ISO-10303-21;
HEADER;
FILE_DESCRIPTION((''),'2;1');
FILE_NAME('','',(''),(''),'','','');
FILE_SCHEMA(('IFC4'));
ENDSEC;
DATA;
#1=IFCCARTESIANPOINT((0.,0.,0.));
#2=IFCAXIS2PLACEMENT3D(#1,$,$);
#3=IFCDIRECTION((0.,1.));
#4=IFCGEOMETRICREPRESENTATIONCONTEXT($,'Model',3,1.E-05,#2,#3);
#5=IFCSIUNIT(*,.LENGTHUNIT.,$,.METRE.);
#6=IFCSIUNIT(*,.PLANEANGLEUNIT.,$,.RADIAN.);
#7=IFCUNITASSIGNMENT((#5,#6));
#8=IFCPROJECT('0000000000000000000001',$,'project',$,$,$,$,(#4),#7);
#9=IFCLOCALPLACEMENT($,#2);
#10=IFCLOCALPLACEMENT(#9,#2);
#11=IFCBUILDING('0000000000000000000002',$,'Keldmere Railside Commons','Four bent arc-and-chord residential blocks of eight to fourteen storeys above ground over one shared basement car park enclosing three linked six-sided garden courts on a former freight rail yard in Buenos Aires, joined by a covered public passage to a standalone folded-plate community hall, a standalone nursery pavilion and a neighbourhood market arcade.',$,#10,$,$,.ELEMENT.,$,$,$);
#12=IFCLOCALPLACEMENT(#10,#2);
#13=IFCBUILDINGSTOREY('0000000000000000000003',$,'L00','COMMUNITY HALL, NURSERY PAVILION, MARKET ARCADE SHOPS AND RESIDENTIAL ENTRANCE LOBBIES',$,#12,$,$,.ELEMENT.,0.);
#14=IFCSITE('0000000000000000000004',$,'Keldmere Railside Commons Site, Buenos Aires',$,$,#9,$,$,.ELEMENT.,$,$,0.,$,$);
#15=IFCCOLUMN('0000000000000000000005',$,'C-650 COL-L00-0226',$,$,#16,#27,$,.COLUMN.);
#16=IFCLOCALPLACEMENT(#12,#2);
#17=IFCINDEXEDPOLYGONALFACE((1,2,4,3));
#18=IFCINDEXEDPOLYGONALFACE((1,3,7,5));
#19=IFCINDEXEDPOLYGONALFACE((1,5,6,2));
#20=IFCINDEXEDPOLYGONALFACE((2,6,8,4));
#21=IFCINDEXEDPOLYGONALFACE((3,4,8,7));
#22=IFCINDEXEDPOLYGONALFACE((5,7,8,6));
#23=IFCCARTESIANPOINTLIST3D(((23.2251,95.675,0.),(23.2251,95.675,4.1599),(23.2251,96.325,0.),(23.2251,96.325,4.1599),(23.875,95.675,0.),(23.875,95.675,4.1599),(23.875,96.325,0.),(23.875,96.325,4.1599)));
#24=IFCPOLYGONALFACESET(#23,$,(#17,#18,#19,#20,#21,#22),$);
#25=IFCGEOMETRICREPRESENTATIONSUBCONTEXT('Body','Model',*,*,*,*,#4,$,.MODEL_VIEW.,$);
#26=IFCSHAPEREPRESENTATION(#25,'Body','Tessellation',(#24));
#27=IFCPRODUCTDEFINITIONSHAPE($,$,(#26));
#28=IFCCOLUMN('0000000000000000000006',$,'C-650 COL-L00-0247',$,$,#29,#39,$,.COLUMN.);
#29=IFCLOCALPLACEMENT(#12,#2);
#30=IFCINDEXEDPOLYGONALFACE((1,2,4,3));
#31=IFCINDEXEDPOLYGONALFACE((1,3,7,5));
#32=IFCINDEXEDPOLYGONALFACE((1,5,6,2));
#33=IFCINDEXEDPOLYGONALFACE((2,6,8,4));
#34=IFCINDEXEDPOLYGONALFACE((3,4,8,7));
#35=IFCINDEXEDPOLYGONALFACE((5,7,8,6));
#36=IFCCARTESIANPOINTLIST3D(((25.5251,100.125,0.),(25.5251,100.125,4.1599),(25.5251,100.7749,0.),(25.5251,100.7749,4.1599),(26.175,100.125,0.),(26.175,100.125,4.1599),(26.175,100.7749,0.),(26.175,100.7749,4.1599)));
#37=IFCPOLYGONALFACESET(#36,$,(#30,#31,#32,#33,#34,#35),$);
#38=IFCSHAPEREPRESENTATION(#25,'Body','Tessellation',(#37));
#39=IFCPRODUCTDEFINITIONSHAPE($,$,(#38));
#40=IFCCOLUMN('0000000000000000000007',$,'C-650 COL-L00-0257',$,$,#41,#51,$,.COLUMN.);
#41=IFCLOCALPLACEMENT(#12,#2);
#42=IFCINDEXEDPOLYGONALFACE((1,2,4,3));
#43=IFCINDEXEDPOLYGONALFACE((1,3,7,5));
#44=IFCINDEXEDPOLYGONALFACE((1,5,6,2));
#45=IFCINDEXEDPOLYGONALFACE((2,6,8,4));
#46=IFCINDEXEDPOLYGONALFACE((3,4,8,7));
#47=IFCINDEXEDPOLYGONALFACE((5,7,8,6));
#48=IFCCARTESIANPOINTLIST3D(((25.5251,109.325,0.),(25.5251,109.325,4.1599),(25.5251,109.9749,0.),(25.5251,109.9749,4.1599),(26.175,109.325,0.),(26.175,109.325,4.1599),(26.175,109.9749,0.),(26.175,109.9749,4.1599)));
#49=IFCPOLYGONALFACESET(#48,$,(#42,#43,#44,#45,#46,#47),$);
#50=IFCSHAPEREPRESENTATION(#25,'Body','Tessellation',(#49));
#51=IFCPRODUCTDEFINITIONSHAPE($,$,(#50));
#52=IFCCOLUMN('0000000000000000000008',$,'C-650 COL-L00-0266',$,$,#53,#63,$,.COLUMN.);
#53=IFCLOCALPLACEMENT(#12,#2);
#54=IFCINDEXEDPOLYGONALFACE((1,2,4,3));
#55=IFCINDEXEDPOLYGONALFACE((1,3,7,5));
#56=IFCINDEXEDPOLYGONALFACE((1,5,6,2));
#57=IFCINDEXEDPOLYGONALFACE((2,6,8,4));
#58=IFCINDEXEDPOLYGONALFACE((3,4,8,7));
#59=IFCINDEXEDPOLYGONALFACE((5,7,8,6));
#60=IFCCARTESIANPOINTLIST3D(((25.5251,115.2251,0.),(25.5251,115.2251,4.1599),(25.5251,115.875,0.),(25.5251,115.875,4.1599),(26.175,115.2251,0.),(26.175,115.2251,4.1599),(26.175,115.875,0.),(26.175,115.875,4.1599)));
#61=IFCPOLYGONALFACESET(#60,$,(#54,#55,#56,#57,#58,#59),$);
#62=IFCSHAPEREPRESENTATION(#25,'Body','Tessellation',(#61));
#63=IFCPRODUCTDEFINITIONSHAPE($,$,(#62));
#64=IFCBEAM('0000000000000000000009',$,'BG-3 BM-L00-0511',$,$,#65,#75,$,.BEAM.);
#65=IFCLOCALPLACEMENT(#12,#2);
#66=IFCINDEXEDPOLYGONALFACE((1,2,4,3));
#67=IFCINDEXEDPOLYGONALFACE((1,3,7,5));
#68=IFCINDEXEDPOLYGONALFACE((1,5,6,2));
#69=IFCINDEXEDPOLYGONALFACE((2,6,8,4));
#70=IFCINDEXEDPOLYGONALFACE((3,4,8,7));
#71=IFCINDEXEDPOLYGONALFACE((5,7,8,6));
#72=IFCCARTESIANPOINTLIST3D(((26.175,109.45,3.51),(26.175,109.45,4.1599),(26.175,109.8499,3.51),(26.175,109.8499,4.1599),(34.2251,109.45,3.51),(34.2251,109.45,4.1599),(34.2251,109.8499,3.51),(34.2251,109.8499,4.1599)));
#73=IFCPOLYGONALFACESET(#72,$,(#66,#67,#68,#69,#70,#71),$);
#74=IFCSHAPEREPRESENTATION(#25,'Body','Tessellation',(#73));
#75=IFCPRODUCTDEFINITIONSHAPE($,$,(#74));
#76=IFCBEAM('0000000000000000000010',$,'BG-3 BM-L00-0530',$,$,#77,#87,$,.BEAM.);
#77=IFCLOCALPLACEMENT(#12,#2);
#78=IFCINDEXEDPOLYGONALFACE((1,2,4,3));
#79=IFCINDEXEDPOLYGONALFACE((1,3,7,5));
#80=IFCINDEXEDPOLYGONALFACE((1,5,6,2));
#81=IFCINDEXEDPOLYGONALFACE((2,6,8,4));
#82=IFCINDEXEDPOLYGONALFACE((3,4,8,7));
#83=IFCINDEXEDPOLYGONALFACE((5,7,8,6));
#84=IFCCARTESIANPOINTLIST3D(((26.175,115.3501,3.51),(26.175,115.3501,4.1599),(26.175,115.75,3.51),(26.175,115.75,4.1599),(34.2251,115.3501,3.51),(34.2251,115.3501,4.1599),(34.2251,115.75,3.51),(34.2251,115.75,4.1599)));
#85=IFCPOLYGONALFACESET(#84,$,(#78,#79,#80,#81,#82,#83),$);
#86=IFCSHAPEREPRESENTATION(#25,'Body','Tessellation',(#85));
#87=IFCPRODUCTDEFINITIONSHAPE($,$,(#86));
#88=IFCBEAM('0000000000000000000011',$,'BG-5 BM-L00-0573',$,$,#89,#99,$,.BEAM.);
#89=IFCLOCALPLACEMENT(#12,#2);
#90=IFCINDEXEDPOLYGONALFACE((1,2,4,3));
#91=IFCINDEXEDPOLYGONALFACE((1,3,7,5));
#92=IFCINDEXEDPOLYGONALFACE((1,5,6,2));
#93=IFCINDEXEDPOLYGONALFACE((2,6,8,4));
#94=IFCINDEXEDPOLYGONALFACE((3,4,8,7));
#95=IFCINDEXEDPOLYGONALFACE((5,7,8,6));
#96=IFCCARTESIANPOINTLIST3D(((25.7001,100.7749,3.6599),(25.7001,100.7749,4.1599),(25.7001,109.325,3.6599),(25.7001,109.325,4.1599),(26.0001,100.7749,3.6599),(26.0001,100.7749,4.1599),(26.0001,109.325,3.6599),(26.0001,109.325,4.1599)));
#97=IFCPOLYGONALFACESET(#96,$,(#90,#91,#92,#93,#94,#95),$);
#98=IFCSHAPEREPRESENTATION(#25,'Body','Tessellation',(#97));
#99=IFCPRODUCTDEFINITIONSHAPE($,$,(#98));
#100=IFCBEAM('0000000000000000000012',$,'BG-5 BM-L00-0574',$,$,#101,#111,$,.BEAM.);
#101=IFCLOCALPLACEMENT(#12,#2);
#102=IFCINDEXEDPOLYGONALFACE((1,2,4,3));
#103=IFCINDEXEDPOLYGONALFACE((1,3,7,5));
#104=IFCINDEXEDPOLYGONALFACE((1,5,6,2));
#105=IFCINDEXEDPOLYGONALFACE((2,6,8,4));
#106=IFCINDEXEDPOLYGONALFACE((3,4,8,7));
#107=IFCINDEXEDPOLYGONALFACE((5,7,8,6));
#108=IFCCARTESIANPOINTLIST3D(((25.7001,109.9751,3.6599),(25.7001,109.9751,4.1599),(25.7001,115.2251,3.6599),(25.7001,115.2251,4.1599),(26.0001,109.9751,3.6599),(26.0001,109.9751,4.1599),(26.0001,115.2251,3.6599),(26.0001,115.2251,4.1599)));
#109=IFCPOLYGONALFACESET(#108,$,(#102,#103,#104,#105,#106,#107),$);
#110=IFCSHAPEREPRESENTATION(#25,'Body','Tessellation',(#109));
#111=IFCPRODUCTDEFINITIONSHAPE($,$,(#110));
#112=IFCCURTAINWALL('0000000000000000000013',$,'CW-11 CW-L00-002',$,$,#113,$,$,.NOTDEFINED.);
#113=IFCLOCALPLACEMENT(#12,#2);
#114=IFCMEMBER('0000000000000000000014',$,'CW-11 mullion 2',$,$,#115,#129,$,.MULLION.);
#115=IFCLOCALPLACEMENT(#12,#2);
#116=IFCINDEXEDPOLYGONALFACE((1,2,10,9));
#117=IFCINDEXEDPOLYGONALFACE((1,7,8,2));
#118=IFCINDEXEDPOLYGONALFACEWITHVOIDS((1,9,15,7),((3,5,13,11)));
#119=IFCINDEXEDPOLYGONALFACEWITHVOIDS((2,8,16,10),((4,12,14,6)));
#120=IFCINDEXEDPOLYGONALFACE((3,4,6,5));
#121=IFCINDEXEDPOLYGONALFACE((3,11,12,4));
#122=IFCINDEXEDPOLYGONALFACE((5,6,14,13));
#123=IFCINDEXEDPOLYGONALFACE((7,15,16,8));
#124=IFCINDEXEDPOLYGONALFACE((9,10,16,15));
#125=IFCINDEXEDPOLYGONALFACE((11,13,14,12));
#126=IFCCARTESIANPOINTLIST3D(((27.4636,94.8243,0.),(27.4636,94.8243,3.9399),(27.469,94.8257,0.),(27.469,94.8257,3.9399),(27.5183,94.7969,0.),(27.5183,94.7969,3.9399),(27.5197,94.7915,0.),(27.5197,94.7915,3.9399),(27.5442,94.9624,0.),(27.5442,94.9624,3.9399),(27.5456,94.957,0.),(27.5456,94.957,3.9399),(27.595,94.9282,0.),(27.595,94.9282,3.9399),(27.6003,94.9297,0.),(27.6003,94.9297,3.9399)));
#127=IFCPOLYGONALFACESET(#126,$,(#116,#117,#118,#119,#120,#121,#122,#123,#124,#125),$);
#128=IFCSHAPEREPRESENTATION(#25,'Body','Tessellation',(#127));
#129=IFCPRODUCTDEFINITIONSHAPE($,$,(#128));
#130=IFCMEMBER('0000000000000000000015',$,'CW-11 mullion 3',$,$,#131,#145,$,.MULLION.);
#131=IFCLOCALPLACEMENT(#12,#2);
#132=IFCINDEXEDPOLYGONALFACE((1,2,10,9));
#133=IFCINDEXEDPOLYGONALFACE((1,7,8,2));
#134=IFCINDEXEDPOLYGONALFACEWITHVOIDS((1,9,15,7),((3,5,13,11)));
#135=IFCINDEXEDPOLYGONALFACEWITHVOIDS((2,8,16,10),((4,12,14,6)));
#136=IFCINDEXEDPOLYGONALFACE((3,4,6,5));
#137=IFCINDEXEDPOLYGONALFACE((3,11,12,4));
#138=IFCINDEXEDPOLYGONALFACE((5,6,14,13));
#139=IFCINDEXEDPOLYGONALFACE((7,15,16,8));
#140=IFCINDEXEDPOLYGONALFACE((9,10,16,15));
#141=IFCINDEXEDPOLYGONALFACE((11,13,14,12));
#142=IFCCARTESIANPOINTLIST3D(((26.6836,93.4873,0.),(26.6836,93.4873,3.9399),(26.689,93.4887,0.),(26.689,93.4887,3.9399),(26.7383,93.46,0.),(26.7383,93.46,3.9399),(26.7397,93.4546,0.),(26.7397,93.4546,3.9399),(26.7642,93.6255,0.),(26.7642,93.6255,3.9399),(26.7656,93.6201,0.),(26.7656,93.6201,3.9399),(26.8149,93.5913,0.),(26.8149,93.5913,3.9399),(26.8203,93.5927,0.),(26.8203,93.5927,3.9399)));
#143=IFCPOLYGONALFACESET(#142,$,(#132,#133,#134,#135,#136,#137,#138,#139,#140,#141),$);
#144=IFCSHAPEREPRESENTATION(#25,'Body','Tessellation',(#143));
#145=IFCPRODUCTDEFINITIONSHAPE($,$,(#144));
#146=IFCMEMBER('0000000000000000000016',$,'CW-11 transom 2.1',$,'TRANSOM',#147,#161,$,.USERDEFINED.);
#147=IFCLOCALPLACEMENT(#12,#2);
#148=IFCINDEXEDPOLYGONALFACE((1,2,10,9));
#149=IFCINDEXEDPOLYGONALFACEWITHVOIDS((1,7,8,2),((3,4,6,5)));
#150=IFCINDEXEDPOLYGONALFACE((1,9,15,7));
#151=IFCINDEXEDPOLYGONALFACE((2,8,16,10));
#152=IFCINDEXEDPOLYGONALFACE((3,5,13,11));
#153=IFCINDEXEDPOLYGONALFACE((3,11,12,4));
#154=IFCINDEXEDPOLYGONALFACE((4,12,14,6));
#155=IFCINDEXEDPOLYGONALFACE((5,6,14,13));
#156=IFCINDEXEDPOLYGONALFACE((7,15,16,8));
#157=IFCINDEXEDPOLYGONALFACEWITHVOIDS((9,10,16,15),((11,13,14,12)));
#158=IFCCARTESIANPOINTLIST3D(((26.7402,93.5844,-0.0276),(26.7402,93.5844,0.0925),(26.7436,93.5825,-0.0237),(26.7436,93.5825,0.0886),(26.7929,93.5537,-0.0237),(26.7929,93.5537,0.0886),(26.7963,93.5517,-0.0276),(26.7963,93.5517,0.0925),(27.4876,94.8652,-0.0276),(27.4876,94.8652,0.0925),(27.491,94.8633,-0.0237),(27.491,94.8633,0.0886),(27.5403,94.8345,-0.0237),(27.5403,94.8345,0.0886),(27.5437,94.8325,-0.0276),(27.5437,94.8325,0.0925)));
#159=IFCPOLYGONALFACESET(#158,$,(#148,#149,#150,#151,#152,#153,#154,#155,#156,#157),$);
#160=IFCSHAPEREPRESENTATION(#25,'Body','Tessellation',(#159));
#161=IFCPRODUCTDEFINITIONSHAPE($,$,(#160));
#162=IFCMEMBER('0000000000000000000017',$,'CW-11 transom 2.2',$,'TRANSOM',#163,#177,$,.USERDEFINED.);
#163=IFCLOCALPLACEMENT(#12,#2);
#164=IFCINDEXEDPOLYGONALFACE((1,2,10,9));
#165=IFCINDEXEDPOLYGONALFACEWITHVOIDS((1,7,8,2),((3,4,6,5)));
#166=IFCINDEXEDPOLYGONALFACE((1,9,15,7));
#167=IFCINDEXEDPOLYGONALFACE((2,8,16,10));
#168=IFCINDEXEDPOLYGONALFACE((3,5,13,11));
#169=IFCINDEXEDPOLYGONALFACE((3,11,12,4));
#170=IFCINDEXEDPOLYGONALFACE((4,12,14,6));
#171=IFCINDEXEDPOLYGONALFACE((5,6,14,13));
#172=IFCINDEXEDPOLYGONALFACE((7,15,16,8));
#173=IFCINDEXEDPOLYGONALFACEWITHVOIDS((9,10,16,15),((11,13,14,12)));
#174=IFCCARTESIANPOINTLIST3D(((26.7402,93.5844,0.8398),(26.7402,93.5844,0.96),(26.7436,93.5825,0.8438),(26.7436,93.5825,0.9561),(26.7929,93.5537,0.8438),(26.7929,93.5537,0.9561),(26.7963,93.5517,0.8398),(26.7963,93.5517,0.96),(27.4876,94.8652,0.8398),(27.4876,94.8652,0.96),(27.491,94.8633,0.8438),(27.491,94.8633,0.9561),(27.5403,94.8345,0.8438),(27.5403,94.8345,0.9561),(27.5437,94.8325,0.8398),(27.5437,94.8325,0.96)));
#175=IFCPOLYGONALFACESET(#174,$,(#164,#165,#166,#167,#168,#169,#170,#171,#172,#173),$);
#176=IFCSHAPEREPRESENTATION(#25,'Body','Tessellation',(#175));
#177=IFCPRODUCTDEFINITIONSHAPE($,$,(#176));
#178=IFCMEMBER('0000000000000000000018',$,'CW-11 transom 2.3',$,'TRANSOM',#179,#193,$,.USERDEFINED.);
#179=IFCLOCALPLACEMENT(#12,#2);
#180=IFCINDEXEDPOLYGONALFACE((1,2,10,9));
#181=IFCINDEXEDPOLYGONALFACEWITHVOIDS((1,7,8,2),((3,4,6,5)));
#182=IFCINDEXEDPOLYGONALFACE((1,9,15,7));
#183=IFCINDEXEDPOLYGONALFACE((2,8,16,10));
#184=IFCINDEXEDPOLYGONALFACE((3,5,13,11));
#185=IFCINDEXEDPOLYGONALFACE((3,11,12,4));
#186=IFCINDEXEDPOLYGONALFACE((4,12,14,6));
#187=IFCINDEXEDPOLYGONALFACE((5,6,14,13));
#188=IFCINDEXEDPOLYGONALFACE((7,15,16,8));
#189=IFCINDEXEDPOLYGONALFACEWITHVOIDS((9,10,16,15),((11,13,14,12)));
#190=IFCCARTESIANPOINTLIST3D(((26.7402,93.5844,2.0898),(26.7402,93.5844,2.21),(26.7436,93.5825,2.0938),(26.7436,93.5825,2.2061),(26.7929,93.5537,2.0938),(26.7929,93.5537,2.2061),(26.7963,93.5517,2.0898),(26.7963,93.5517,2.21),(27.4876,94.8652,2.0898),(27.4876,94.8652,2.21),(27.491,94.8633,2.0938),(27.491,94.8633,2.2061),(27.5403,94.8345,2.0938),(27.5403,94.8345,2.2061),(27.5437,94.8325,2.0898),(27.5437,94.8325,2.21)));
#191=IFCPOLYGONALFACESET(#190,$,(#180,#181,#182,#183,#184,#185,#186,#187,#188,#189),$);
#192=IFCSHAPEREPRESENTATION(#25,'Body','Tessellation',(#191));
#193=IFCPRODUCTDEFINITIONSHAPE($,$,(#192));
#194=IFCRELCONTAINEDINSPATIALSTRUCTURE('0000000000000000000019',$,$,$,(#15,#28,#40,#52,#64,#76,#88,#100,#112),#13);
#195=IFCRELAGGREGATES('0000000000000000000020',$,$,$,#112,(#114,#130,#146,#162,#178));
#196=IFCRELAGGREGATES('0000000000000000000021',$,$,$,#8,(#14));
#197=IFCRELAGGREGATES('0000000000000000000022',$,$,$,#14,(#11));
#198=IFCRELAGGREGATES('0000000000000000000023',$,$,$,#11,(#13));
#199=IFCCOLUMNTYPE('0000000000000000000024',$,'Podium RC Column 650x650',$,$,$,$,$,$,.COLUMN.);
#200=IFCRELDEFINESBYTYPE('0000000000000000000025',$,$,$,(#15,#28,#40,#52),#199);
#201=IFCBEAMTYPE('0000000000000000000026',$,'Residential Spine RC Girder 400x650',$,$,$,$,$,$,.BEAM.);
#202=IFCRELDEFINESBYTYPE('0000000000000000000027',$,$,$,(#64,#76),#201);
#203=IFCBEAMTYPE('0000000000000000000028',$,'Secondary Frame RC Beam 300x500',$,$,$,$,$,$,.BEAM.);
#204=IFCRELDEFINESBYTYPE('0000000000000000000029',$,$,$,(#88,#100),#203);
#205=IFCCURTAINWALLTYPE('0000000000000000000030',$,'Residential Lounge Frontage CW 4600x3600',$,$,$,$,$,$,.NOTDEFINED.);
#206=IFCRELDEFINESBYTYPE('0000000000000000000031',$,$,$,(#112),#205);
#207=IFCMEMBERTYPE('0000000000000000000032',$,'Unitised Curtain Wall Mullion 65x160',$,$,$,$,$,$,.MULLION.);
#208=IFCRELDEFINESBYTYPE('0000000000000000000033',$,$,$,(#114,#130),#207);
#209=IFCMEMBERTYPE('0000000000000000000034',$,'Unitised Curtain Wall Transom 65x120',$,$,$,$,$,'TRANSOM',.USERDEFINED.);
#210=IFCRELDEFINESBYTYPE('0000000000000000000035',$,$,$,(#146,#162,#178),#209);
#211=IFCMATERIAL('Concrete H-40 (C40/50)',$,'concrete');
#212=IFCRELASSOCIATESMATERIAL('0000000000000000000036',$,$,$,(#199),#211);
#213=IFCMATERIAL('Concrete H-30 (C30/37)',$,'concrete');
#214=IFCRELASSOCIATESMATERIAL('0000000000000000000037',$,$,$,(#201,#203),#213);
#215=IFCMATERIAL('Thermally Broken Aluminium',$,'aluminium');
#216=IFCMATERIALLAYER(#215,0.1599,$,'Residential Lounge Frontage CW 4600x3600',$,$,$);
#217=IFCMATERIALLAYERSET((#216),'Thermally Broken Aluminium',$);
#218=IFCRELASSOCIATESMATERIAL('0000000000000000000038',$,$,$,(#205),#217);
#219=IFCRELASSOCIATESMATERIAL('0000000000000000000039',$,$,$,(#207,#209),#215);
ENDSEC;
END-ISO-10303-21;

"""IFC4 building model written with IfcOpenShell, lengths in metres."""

from ifc_helpers import new_model, si_unit, direction, frame, origin, origin_2d, place, context, subcontext, project, spatial, rectangle, hollow_rectangle, extrude, material, layer, layer_set, material_profile, profile_set, type_object, element, aggregate, save


model = new_model("IFC4")

# Units and contexts
model_context = context("Model", 3, precision=1e-05, world=origin(), true_north=direction((0.0, 1.0)))
body_context = subcontext(model_context, "Body", "Model", "MODEL_VIEW")
ifc_project = project(units=[si_unit("LENGTHUNIT", "METRE"), si_unit("PLANEANGLEUNIT", "RADIAN")], contexts=[model_context])

# Site, building, storey
site_placement = place(None, origin())
site = spatial("IfcSite", under=ifc_project, at=site_placement, Name="Keldmere Railside Commons Site, Buenos Aires", CompositionType="ELEMENT", RefElevation=0.0)
building_placement = place(site_placement, origin())
building = spatial("IfcBuilding", under=site, at=building_placement, Name="Keldmere Railside Commons", Description="Four bent arc-and-chord residential blocks of eight to fourteen storeys above ground over one shared basement car park enclosing three linked six-sided garden courts on a former freight rail yard in Buenos Aires, joined by a covered public passage to a standalone folded-plate community hall, a standalone nursery pavilion and a neighbourhood market arcade.", CompositionType="ELEMENT")
storey_placement = place(building_placement, origin())
storey = spatial("IfcBuildingStorey", under=building, at=storey_placement, Name="L00", Description="COMMUNITY HALL, NURSERY PAVILION, MARKET ARCADE SHOPS AND RESIDENTIAL ENTRANCE LOBBIES", CompositionType="ELEMENT", Elevation=0.0)

# Columns
ifc_material_1 = material(Name="Concrete H-40 (C40/50)", Category="concrete")
ifc_material_profile_1 = material_profile(ifc_material_1, rectangle(XDim=0.6499, YDim=0.6499, at=origin_2d()), Name="RC-650x650")
ifc_profile_set_1 = profile_set([ifc_material_profile_1], Name="Concrete H-40 (C40/50)")
column_type = type_object("IfcColumnType", Name="Podium RC Column 650x650", PredefinedType="COLUMN", material=ifc_profile_set_1)
for number, where, z_axis, x_axis, name in (
    (1, (23.55, 96.0, 0.0), (0.0, 0.0, 1.0), (1.0, 0.0, 0.0), "C-650 COL-L00-0226"),
    (2, (25.8501, 100.45, 0.0), (0.0, 0.0, 1.0), (1.0, 0.0, 0.0), "C-650 COL-L00-0247"),
    (3, (25.8501, 109.6499, 0.0), (0.0, 0.0, 1.0), (1.0, 0.0, 0.0), "C-650 COL-L00-0257"),
    (4, (25.8501, 115.55, 0.0), (0.0, 0.0, 1.0), (1.0, 0.0, 0.0), "C-650 COL-L00-0266"),
):
    element("IfcColumn", number, at=place(storey_placement, frame(where, z_axis=z_axis, x_axis=x_axis)), inside=storey, type_object=column_type, Name=name, PredefinedType="COLUMN", context=body_context, shape_type="SweptSolid", body=[
        extrude(rectangle(XDim=0.6499, YDim=0.6499, at=origin_2d()), origin(), (0.0, 0.0, 1.0), 4.1599),
    ])

# Beams
ifc_material_2 = material(Name="Concrete H-30 (C30/37)", Category="concrete")
ifc_material_profile_2 = material_profile(ifc_material_2, rectangle(XDim=0.3999, YDim=0.6499, at=origin_2d()), Name="RC-400x650")
ifc_profile_set_2 = profile_set([ifc_material_profile_2], Name="Concrete H-30 (C30/37)")
beam_type_1 = type_object("IfcBeamType", Name="Residential Spine RC Girder 400x650", PredefinedType="BEAM", material=ifc_profile_set_2)
for number, where, z_axis, x_axis, name in (
    (5, (26.175, 109.6499, 3.835), (1.0, 0.0, 0.0), (0.0, 1.0, 0.0), "BG-3 BM-L00-0511"),
    (6, (26.175, 115.55, 3.835), (1.0, 0.0, 0.0), (0.0, 1.0, 0.0), "BG-3 BM-L00-0530"),
):
    element("IfcBeam", number, at=place(storey_placement, frame(where, z_axis=z_axis, x_axis=x_axis)), inside=storey, type_object=beam_type_1, Name=name, PredefinedType="BEAM", context=body_context, shape_type="SweptSolid", body=[
        extrude(rectangle(XDim=0.3999, YDim=0.6499, at=origin_2d()), origin(), (0.0, 0.0, 1.0), 8.05),
    ])
ifc_material_profile_3 = material_profile(ifc_material_2, rectangle(XDim=0.3, YDim=0.5, at=origin_2d()), Name="RC-300x500")
ifc_profile_set_3 = profile_set([ifc_material_profile_3], Name="Concrete H-30 (C30/37)")
beam_type_2 = type_object("IfcBeamType", Name="Secondary Frame RC Beam 300x500", PredefinedType="BEAM", material=ifc_profile_set_3)
beam_1_placement = place(storey_placement, frame((25.8501, 100.7749, 3.9099), z_axis=(0.0, 1.0, 0.0), x_axis=(-1.0, 0.0, 0.0)))
element("IfcBeam", 7, at=beam_1_placement, inside=storey, type_object=beam_type_2, Name="BG-5 BM-L00-0573", PredefinedType="BEAM", context=body_context, shape_type="SweptSolid", body=[
    extrude(rectangle(XDim=0.3, YDim=0.5, at=origin_2d()), origin(), (0.0, 0.0, 1.0), 8.55),
])
beam_2_placement = place(storey_placement, frame((25.8501, 109.9751, 3.9099), z_axis=(0.0, 1.0, 0.0), x_axis=(-1.0, 0.0, 0.0)))
element("IfcBeam", 8, at=beam_2_placement, inside=storey, type_object=beam_type_2, Name="BG-5 BM-L00-0574", PredefinedType="BEAM", context=body_context, shape_type="SweptSolid", body=[
    extrude(rectangle(XDim=0.3, YDim=0.5, at=origin_2d()), origin(), (0.0, 0.0, 1.0), 5.25),
])

# Curtain wall, members
ifc_material_3 = material(Name="Thermally Broken Aluminium", Category="aluminium")
ifc_layer_1 = layer(ifc_material_3, 0.1599, Name="Residential Lounge Frontage CW 4600x3600")
ifc_layer_set_1 = layer_set([ifc_layer_1], Name="Thermally Broken Aluminium")
curtain_wall_type = type_object("IfcCurtainWallType", Name="Residential Lounge Frontage CW 4600x3600", PredefinedType="NOTDEFINED", material=ifc_layer_set_1)
curtain_wall_placement = place(storey_placement, origin())
curtain_wall = element("IfcCurtainWall", 9, at=curtain_wall_placement, inside=storey, type_object=curtain_wall_type, Name="CW-11 CW-L00-002", PredefinedType="NOTDEFINED")
ifc_material_profile_4 = material_profile(ifc_material_3, hollow_rectangle(XDim=0.0649, YDim=0.1599, WallThickness=0.0039, at=origin_2d()), Name="ALU-MULL-65x160")
ifc_profile_set_4 = profile_set([ifc_material_profile_4], Name="Thermally Broken Aluminium")
member_type_1 = type_object("IfcMemberType", Name="Unitised Curtain Wall Mullion 65x160", PredefinedType="MULLION", material=ifc_profile_set_4)
member_1_placement = place(storey_placement, frame((27.532, 94.877, 0.0), z_axis=(0.0, 0.0, 1.0), x_axis=(0.863755, -0.503911, 0.0)))
member_1 = element("IfcMember", 10, at=member_1_placement, type_object=member_type_1, Name="CW-11 mullion 2", PredefinedType="MULLION", context=body_context, shape_type="SweptSolid", body=[
    extrude(hollow_rectangle(XDim=0.0649, YDim=0.1599, WallThickness=0.0039, at=origin_2d()), origin(), (0.0, 0.0, 1.0), 3.9399),
])
member_2_placement = place(storey_placement, frame((26.752, 93.54, 0.0), z_axis=(0.0, 0.0, 1.0), x_axis=(0.863755, -0.503911, 0.0)))
member_2 = element("IfcMember", 11, at=member_2_placement, type_object=member_type_1, Name="CW-11 mullion 3", PredefinedType="MULLION", context=body_context, shape_type="SweptSolid", body=[
    extrude(hollow_rectangle(XDim=0.0649, YDim=0.1599, WallThickness=0.0039, at=origin_2d()), origin(), (0.0, 0.0, 1.0), 3.9399),
])
ifc_material_profile_5 = material_profile(ifc_material_3, hollow_rectangle(XDim=0.0649, YDim=0.1201, WallThickness=0.0039, at=origin_2d()), Name="ALU-TRAN-65x120")
ifc_profile_set_5 = profile_set([ifc_material_profile_5], Name="Thermally Broken Aluminium")
member_type_2 = type_object("IfcMemberType", Name="Unitised Curtain Wall Transom 65x120", ElementType="TRANSOM", PredefinedType="USERDEFINED", material=ifc_profile_set_5)
member_3_placement = place(storey_placement, frame((27.5156, 94.8489, 0.0325), z_axis=(-0.503973, -0.863719, 0.0), x_axis=(0.863719, -0.503973, 0.0)))
member_3 = element("IfcMember", 12, at=member_3_placement, type_object=member_type_2, Name="CW-11 transom 2.1", ObjectType="TRANSOM", PredefinedType="USERDEFINED", context=body_context, shape_type="SweptSolid", body=[
    extrude(hollow_rectangle(XDim=0.0649, YDim=0.1201, WallThickness=0.0039, at=origin_2d()), origin(), (0.0, 0.0, 1.0), 1.4829),
])
member_4_placement = place(storey_placement, frame((27.5156, 94.8489, 0.8999), z_axis=(-0.503973, -0.863719, 0.0), x_axis=(0.863719, -0.503973, 0.0)))
member_4 = element("IfcMember", 13, at=member_4_placement, type_object=member_type_2, Name="CW-11 transom 2.2", ObjectType="TRANSOM", PredefinedType="USERDEFINED", context=body_context, shape_type="SweptSolid", body=[
    extrude(hollow_rectangle(XDim=0.0649, YDim=0.1201, WallThickness=0.0039, at=origin_2d()), origin(), (0.0, 0.0, 1.0), 1.4829),
])
member_5_placement = place(storey_placement, frame((27.5156, 94.8489, 2.1499), z_axis=(-0.503973, -0.863719, 0.0), x_axis=(0.863719, -0.503973, 0.0)))
member_5 = element("IfcMember", 14, at=member_5_placement, type_object=member_type_2, Name="CW-11 transom 2.3", ObjectType="TRANSOM", PredefinedType="USERDEFINED", context=body_context, shape_type="SweptSolid", body=[
    extrude(hollow_rectangle(XDim=0.0649, YDim=0.1201, WallThickness=0.0039, at=origin_2d()), origin(), (0.0, 0.0, 1.0), 1.4829),
])
aggregate(curtain_wall, [member_1, member_2, member_3, member_4, member_5])

save(model, "model.ifc")
